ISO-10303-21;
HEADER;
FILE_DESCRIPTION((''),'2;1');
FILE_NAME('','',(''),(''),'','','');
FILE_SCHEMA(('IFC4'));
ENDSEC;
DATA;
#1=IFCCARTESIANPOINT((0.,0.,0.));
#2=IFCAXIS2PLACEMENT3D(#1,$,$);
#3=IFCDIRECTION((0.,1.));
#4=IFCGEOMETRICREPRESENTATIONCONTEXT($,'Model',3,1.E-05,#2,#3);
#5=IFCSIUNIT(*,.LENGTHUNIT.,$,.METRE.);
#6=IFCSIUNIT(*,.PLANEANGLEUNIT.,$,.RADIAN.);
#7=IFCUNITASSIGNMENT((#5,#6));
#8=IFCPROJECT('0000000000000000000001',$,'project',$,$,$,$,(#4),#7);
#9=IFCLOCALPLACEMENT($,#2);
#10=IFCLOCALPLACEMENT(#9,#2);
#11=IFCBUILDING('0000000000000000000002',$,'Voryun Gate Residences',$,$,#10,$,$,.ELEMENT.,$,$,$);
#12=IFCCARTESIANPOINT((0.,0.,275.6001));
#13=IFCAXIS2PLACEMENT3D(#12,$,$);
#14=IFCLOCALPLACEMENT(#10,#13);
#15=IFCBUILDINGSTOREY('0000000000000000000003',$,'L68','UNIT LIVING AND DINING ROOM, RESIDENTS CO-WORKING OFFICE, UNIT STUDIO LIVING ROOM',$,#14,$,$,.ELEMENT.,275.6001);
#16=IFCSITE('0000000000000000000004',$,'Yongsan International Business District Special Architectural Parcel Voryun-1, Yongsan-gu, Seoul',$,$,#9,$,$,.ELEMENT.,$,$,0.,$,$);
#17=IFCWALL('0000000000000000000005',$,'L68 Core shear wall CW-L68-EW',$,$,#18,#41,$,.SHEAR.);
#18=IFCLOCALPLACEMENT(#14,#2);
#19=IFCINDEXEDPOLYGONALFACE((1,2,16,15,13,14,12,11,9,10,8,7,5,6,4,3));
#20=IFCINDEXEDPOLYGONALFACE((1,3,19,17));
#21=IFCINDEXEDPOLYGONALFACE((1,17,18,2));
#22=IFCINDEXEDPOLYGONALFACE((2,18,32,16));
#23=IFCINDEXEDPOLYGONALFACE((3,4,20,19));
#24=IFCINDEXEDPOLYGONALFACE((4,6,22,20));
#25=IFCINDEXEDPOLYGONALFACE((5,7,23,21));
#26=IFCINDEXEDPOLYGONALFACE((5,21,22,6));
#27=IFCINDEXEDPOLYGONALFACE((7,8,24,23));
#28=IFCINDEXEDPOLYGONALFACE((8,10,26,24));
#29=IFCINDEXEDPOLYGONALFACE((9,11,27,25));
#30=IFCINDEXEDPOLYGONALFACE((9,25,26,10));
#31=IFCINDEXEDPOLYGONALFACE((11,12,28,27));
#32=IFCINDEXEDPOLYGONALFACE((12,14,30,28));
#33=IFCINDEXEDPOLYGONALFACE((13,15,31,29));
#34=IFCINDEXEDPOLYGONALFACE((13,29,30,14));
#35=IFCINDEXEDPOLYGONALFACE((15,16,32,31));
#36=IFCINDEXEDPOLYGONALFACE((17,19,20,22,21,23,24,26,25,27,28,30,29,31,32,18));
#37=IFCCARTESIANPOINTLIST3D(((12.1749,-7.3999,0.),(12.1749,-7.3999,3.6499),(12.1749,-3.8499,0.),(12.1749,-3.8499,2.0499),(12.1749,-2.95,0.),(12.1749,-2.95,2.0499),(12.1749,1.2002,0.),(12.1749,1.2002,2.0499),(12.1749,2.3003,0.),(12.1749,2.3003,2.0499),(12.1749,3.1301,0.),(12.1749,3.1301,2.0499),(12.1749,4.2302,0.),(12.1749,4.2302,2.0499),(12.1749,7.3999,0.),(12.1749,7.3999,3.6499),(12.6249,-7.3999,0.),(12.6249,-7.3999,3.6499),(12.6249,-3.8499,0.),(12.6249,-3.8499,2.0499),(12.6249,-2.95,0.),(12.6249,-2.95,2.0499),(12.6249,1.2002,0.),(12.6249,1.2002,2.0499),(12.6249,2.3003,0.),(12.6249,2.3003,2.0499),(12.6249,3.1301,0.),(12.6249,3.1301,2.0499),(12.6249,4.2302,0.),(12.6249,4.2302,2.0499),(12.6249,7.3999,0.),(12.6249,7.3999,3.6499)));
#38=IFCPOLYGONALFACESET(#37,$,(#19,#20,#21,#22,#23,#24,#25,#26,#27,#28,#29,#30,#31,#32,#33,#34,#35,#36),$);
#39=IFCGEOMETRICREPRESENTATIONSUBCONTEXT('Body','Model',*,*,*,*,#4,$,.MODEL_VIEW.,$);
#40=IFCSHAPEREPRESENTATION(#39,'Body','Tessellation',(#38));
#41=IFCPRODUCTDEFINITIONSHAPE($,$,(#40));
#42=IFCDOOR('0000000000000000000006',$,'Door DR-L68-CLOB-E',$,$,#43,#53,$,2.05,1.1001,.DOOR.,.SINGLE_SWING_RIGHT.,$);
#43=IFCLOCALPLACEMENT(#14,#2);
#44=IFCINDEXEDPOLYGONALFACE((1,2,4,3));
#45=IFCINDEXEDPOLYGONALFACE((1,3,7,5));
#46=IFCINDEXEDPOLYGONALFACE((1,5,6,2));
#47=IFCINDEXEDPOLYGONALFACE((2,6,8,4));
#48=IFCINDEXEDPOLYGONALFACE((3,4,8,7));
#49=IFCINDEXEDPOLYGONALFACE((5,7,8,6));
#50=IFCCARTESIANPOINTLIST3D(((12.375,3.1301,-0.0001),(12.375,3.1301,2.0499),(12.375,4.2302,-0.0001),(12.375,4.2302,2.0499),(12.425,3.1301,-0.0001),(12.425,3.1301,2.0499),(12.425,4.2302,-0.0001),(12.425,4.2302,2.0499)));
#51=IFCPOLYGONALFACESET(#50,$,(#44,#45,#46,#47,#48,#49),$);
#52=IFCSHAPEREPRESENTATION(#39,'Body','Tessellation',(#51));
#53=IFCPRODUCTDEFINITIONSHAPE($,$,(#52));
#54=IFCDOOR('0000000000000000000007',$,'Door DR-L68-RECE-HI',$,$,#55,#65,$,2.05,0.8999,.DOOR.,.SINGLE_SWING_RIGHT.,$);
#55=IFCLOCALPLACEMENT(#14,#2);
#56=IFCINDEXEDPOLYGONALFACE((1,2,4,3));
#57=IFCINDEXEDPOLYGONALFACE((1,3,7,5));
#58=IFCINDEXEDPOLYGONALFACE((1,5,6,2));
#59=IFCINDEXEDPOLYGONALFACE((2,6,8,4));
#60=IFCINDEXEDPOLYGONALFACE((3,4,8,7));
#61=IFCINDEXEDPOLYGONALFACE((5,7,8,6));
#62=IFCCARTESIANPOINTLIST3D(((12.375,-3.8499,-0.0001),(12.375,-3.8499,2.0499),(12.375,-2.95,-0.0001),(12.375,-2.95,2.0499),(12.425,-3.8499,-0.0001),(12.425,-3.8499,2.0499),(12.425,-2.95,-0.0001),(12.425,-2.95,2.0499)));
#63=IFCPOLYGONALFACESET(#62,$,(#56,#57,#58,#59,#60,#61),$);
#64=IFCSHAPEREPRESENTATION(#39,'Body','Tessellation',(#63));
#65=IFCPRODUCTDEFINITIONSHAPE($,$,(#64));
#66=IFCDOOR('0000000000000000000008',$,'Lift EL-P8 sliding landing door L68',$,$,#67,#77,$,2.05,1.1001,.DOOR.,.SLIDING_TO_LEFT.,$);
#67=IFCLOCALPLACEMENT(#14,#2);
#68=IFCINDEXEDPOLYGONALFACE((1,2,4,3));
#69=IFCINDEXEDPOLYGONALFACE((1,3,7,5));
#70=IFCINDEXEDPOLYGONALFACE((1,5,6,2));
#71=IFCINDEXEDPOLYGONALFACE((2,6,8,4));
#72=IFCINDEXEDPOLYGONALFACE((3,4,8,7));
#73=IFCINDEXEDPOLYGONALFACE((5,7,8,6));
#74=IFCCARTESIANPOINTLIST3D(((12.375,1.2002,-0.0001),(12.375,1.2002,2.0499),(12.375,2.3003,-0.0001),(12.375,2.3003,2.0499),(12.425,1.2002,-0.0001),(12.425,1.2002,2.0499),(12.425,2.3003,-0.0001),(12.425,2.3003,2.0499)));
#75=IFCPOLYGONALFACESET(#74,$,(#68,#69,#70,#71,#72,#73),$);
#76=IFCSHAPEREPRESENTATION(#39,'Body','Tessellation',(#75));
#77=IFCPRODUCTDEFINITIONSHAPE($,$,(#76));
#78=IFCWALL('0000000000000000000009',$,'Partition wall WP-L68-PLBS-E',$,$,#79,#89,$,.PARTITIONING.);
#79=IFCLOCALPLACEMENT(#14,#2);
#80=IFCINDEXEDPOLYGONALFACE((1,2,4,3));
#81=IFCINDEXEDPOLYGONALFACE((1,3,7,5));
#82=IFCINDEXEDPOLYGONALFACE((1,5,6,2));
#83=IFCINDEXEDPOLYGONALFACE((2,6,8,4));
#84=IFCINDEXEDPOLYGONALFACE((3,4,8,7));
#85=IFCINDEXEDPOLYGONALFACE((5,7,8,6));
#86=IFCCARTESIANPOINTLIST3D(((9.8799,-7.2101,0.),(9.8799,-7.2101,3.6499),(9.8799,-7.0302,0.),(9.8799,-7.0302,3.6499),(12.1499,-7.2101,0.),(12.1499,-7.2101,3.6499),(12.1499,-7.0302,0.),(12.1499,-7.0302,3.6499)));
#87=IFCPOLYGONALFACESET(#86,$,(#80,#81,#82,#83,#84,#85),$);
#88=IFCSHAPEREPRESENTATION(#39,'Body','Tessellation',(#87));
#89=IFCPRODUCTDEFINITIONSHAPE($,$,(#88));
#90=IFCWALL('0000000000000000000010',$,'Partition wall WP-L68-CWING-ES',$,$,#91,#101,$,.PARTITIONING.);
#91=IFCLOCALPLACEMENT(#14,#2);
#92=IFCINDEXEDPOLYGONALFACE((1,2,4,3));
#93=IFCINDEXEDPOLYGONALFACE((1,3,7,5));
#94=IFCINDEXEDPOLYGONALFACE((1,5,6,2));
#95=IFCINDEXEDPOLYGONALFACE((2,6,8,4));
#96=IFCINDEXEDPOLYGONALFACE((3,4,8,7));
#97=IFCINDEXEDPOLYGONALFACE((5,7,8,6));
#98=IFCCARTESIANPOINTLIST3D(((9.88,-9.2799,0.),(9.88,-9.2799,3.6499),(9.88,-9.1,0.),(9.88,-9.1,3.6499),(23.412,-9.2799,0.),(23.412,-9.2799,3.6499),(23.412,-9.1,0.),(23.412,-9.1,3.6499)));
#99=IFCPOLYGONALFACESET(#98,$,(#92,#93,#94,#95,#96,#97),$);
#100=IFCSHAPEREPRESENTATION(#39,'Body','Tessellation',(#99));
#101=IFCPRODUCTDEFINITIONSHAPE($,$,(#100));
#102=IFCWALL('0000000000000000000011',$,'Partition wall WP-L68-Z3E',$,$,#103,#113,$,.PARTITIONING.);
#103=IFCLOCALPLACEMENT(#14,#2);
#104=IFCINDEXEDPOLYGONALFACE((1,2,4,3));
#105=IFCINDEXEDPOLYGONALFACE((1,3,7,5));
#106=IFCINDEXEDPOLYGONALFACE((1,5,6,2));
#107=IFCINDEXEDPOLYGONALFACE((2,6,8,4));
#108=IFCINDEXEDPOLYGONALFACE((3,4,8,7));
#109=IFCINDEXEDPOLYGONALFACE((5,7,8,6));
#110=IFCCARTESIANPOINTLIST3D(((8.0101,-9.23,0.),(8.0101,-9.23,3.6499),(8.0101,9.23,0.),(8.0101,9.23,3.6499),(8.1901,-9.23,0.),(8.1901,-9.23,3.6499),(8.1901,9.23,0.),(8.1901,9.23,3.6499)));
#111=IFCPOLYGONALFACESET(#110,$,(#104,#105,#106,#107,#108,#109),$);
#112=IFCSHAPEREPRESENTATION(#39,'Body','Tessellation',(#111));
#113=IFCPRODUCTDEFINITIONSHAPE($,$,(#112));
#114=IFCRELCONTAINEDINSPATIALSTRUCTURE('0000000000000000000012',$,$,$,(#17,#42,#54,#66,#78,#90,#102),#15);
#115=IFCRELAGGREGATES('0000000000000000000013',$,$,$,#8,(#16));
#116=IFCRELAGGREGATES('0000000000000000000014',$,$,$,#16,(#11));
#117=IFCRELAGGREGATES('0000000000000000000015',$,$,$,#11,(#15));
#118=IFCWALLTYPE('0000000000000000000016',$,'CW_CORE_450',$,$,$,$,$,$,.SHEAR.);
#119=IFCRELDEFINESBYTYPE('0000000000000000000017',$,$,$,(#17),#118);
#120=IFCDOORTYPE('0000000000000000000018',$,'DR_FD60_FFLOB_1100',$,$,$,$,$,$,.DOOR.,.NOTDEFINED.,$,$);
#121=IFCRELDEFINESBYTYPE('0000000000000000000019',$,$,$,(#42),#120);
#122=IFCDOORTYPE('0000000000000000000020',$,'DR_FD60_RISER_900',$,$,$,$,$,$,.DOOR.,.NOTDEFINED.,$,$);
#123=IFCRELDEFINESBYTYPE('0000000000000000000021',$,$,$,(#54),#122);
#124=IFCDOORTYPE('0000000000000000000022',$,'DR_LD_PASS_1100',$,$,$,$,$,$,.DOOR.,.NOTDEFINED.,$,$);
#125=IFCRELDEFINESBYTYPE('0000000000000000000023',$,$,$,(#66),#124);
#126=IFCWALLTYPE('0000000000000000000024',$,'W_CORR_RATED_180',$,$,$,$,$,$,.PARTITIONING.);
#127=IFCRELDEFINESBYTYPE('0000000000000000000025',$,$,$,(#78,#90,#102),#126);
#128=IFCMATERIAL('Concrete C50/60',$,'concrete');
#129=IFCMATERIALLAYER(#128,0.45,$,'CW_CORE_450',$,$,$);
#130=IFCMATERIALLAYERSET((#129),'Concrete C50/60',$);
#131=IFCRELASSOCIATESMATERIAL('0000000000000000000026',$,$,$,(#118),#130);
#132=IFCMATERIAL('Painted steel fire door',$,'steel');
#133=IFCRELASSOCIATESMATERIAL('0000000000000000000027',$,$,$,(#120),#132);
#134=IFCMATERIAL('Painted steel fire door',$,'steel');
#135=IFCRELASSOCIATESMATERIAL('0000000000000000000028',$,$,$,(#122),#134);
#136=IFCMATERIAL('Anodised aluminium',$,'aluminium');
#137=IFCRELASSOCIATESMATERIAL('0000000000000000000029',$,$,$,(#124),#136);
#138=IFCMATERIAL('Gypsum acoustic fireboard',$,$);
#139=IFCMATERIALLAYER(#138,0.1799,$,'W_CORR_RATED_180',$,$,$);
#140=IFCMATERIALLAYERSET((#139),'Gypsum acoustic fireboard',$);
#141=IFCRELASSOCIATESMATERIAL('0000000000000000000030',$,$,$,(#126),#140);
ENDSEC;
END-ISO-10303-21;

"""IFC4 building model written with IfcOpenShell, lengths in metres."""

from ifc_helpers import new_model, si_unit, direction, frame, frame_2d, origin, place, context, subcontext, project, spatial, rectangle, extrude, material, layer, layer_set, type_object, element, fill, save


model = new_model("IFC4")

# Units and contexts
model_context = context("Model", 3, precision=1e-05, world=origin(), true_north=direction((0.0, 1.0)))
body_context = subcontext(model_context, "Body", "Model", "MODEL_VIEW")
ifc_project = project(units=[si_unit("LENGTHUNIT", "METRE"), si_unit("PLANEANGLEUNIT", "RADIAN")], contexts=[model_context])

# Site, building, storey
site_placement = place(None, origin())
site = spatial("IfcSite", under=ifc_project, at=site_placement, Name="Yongsan International Business District Special Architectural Parcel Voryun-1, Yongsan-gu, Seoul", CompositionType="ELEMENT", RefElevation=0.0)
building_placement = place(site_placement, origin())
building = spatial("IfcBuilding", under=site, at=building_placement, Name="Voryun Gate Residences", CompositionType="ELEMENT")
storey_placement = place(building_placement, frame((0.0, 0.0, 275.6001)))
storey = spatial("IfcBuildingStorey", under=building, at=storey_placement, Name="L68", Description="UNIT LIVING AND DINING ROOM, RESIDENTS CO-WORKING OFFICE, UNIT STUDIO LIVING ROOM", CompositionType="ELEMENT", Elevation=275.6001)

# Shared definitions
ifc_material_1 = material(Name="Concrete C50/60", Category="concrete")
ifc_layer_1 = layer(ifc_material_1, 0.45, Name="CW_CORE_450")
ifc_layer_set_1 = layer_set([ifc_layer_1], Name="Concrete C50/60")
wall_type_1 = type_object("IfcWallType", Name="CW_CORE_450", PredefinedType="SHEAR", material=ifc_layer_set_1)

# Wall, openings, doors
wall_1_placement = place(storey_placement, frame((12.3999, -7.3999, 0.0), z_axis=(0.0, 0.0, 1.0), x_axis=(0.0, 1.0, 0.0)))
wall_1 = element("IfcWall", 1, at=wall_1_placement, inside=storey, type_object=wall_type_1, Name="L68 Core shear wall CW-L68-EW", PredefinedType="SHEAR", context=body_context, shape_type="SweptSolid", body=[
    extrude(rectangle(XDim=14.7998, YDim=0.45, at=frame_2d((7.3999, 0.0))), origin(), (0.0, 0.0, 1.0), 3.6499),
])
opening_1_placement = place(wall_1_placement, frame((8.6001, 0.0, 0.0)))
opening_1 = element("IfcOpeningElement", 2, at=opening_1_placement, cuts=wall_1, PredefinedType="OPENING", context=body_context, shape_type="SweptSolid", body=[
    extrude(rectangle(XDim=1.1001, YDim=2.05, at=frame_2d((0.55, 1.0249))), frame((0.0, 0.2351, 0.0), z_axis=(0.0, -1.0, 0.0), x_axis=(1.0, 0.0, 0.0)), (0.0, 0.0, 1.0), 0.47),
])
opening_2_placement = place(wall_1_placement, frame((10.53, 0.0, 0.0)))
opening_2 = element("IfcOpeningElement", 3, at=opening_2_placement, cuts=wall_1, PredefinedType="OPENING", context=body_context, shape_type="SweptSolid", body=[
    extrude(rectangle(XDim=1.1001, YDim=2.05, at=frame_2d((0.55, 1.0249))), frame((0.0, 0.2351, 0.0), z_axis=(0.0, -1.0, 0.0), x_axis=(1.0, 0.0, 0.0)), (0.0, 0.0, 1.0), 0.47),
])
opening_3_placement = place(wall_1_placement, frame((3.55, 0.0, 0.0)))
opening_3 = element("IfcOpeningElement", 4, at=opening_3_placement, cuts=wall_1, PredefinedType="OPENING", context=body_context, shape_type="SweptSolid", body=[
    extrude(rectangle(XDim=0.8999, YDim=2.05, at=frame_2d((0.45, 1.0249))), frame((0.0, 0.2351, 0.0), z_axis=(0.0, -1.0, 0.0), x_axis=(1.0, 0.0, 0.0)), (0.0, 0.0, 1.0), 0.47),
])
ifc_material_2 = material(Name="Painted steel fire door", Category="steel")
door_type_1 = type_object("IfcDoorType", Name="DR_FD60_FFLOB_1100", OperationType="NOTDEFINED", PredefinedType="DOOR", material=ifc_material_2)
door_1_placement = place(opening_2_placement, origin())
door_1 = element("IfcDoor", 5, at=door_1_placement, inside=storey, type_object=door_type_1, Name="Door DR-L68-CLOB-E", OperationType="SINGLE_SWING_RIGHT", OverallHeight=2.05, OverallWidth=1.1001, PredefinedType="DOOR", context=body_context, shape_type="SweptSolid", body=[
    extrude(rectangle(XDim=1.1001, YDim=2.05, at=frame_2d((0.55, 1.0249))), frame((0.0, 0.0249, 0.0), z_axis=(0.0, -1.0, 0.0), x_axis=(1.0, 0.0, 0.0)), (0.0, 0.0, 1.0), 0.05),
])
fill(opening_2, door_1)
ifc_material_3 = material(Name="Painted steel fire door", Category="steel")
door_type_2 = type_object("IfcDoorType", Name="DR_FD60_RISER_900", OperationType="NOTDEFINED", PredefinedType="DOOR", material=ifc_material_3)
door_2_placement = place(opening_3_placement, origin())
door_2 = element("IfcDoor", 6, at=door_2_placement, inside=storey, type_object=door_type_2, Name="Door DR-L68-RECE-HI", OperationType="SINGLE_SWING_RIGHT", OverallHeight=2.05, OverallWidth=0.8999, PredefinedType="DOOR", context=body_context, shape_type="SweptSolid", body=[
    extrude(rectangle(XDim=0.8999, YDim=2.05, at=frame_2d((0.45, 1.0249))), frame((0.0, 0.0249, 0.0), z_axis=(0.0, -1.0, 0.0), x_axis=(1.0, 0.0, 0.0)), (0.0, 0.0, 1.0), 0.05),
])
fill(opening_3, door_2)
ifc_material_4 = material(Name="Anodised aluminium", Category="aluminium")
door_type_3 = type_object("IfcDoorType", Name="DR_LD_PASS_1100", OperationType="NOTDEFINED", PredefinedType="DOOR", material=ifc_material_4)
door_3_placement = place(opening_1_placement, origin())
door_3 = element("IfcDoor", 7, at=door_3_placement, inside=storey, type_object=door_type_3, Name="Lift EL-P8 sliding landing door L68", OperationType="SLIDING_TO_LEFT", OverallHeight=2.05, OverallWidth=1.1001, PredefinedType="DOOR", context=body_context, shape_type="SweptSolid", body=[
    extrude(rectangle(XDim=1.1001, YDim=2.05, at=frame_2d((0.55, 1.0249))), frame((0.0, 0.0249, 0.0), z_axis=(0.0, -1.0, 0.0), x_axis=(1.0, 0.0, 0.0)), (0.0, 0.0, 1.0), 0.05),
])
fill(opening_1, door_3)

# Walls
ifc_material_5 = material(Name="Gypsum acoustic fireboard")
ifc_layer_2 = layer(ifc_material_5, 0.1799, Name="W_CORR_RATED_180")
ifc_layer_set_2 = layer_set([ifc_layer_2], Name="Gypsum acoustic fireboard")
wall_type_2 = type_object("IfcWallType", Name="W_CORR_RATED_180", PredefinedType="PARTITIONING", material=ifc_layer_set_2)
wall_2_placement = place(storey_placement, frame((9.8799, -7.1201, 0.0), z_axis=(0.0, 0.0, 1.0), x_axis=(1.0, 0.0, 0.0)))
element("IfcWall", 8, at=wall_2_placement, inside=storey, type_object=wall_type_2, Name="Partition wall WP-L68-PLBS-E", PredefinedType="PARTITIONING", context=body_context, shape_type="SweptSolid", body=[
    extrude(rectangle(XDim=2.27, YDim=0.1799, at=frame_2d((1.135, 0.0))), origin(), (0.0, 0.0, 1.0), 3.6499),
])
wall_3_placement = place(storey_placement, frame((9.8799, -9.1899, 0.0), z_axis=(0.0, 0.0, 1.0), x_axis=(1.0, 0.0, 0.0)))
element("IfcWall", 9, at=wall_3_placement, inside=storey, type_object=wall_type_2, Name="Partition wall WP-L68-CWING-ES", PredefinedType="PARTITIONING", context=body_context, shape_type="SweptSolid", body=[
    extrude(rectangle(XDim=13.532, YDim=0.1799, at=frame_2d((6.7661, 0.0))), origin(), (0.0, 0.0, 1.0), 3.6499),
])
wall_4_placement = place(storey_placement, frame((8.1001, -9.23, 0.0), z_axis=(0.0, 0.0, 1.0), x_axis=(0.0, 1.0, 0.0)))
element("IfcWall", 10, at=wall_4_placement, inside=storey, type_object=wall_type_2, Name="Partition wall WP-L68-Z3E", PredefinedType="PARTITIONING", context=body_context, shape_type="SweptSolid", body=[
    extrude(rectangle(XDim=18.46, YDim=0.1799, at=frame_2d((9.23, 0.0))), origin(), (0.0, 0.0, 1.0), 3.6499),
])

save(model, "model.ifc")
